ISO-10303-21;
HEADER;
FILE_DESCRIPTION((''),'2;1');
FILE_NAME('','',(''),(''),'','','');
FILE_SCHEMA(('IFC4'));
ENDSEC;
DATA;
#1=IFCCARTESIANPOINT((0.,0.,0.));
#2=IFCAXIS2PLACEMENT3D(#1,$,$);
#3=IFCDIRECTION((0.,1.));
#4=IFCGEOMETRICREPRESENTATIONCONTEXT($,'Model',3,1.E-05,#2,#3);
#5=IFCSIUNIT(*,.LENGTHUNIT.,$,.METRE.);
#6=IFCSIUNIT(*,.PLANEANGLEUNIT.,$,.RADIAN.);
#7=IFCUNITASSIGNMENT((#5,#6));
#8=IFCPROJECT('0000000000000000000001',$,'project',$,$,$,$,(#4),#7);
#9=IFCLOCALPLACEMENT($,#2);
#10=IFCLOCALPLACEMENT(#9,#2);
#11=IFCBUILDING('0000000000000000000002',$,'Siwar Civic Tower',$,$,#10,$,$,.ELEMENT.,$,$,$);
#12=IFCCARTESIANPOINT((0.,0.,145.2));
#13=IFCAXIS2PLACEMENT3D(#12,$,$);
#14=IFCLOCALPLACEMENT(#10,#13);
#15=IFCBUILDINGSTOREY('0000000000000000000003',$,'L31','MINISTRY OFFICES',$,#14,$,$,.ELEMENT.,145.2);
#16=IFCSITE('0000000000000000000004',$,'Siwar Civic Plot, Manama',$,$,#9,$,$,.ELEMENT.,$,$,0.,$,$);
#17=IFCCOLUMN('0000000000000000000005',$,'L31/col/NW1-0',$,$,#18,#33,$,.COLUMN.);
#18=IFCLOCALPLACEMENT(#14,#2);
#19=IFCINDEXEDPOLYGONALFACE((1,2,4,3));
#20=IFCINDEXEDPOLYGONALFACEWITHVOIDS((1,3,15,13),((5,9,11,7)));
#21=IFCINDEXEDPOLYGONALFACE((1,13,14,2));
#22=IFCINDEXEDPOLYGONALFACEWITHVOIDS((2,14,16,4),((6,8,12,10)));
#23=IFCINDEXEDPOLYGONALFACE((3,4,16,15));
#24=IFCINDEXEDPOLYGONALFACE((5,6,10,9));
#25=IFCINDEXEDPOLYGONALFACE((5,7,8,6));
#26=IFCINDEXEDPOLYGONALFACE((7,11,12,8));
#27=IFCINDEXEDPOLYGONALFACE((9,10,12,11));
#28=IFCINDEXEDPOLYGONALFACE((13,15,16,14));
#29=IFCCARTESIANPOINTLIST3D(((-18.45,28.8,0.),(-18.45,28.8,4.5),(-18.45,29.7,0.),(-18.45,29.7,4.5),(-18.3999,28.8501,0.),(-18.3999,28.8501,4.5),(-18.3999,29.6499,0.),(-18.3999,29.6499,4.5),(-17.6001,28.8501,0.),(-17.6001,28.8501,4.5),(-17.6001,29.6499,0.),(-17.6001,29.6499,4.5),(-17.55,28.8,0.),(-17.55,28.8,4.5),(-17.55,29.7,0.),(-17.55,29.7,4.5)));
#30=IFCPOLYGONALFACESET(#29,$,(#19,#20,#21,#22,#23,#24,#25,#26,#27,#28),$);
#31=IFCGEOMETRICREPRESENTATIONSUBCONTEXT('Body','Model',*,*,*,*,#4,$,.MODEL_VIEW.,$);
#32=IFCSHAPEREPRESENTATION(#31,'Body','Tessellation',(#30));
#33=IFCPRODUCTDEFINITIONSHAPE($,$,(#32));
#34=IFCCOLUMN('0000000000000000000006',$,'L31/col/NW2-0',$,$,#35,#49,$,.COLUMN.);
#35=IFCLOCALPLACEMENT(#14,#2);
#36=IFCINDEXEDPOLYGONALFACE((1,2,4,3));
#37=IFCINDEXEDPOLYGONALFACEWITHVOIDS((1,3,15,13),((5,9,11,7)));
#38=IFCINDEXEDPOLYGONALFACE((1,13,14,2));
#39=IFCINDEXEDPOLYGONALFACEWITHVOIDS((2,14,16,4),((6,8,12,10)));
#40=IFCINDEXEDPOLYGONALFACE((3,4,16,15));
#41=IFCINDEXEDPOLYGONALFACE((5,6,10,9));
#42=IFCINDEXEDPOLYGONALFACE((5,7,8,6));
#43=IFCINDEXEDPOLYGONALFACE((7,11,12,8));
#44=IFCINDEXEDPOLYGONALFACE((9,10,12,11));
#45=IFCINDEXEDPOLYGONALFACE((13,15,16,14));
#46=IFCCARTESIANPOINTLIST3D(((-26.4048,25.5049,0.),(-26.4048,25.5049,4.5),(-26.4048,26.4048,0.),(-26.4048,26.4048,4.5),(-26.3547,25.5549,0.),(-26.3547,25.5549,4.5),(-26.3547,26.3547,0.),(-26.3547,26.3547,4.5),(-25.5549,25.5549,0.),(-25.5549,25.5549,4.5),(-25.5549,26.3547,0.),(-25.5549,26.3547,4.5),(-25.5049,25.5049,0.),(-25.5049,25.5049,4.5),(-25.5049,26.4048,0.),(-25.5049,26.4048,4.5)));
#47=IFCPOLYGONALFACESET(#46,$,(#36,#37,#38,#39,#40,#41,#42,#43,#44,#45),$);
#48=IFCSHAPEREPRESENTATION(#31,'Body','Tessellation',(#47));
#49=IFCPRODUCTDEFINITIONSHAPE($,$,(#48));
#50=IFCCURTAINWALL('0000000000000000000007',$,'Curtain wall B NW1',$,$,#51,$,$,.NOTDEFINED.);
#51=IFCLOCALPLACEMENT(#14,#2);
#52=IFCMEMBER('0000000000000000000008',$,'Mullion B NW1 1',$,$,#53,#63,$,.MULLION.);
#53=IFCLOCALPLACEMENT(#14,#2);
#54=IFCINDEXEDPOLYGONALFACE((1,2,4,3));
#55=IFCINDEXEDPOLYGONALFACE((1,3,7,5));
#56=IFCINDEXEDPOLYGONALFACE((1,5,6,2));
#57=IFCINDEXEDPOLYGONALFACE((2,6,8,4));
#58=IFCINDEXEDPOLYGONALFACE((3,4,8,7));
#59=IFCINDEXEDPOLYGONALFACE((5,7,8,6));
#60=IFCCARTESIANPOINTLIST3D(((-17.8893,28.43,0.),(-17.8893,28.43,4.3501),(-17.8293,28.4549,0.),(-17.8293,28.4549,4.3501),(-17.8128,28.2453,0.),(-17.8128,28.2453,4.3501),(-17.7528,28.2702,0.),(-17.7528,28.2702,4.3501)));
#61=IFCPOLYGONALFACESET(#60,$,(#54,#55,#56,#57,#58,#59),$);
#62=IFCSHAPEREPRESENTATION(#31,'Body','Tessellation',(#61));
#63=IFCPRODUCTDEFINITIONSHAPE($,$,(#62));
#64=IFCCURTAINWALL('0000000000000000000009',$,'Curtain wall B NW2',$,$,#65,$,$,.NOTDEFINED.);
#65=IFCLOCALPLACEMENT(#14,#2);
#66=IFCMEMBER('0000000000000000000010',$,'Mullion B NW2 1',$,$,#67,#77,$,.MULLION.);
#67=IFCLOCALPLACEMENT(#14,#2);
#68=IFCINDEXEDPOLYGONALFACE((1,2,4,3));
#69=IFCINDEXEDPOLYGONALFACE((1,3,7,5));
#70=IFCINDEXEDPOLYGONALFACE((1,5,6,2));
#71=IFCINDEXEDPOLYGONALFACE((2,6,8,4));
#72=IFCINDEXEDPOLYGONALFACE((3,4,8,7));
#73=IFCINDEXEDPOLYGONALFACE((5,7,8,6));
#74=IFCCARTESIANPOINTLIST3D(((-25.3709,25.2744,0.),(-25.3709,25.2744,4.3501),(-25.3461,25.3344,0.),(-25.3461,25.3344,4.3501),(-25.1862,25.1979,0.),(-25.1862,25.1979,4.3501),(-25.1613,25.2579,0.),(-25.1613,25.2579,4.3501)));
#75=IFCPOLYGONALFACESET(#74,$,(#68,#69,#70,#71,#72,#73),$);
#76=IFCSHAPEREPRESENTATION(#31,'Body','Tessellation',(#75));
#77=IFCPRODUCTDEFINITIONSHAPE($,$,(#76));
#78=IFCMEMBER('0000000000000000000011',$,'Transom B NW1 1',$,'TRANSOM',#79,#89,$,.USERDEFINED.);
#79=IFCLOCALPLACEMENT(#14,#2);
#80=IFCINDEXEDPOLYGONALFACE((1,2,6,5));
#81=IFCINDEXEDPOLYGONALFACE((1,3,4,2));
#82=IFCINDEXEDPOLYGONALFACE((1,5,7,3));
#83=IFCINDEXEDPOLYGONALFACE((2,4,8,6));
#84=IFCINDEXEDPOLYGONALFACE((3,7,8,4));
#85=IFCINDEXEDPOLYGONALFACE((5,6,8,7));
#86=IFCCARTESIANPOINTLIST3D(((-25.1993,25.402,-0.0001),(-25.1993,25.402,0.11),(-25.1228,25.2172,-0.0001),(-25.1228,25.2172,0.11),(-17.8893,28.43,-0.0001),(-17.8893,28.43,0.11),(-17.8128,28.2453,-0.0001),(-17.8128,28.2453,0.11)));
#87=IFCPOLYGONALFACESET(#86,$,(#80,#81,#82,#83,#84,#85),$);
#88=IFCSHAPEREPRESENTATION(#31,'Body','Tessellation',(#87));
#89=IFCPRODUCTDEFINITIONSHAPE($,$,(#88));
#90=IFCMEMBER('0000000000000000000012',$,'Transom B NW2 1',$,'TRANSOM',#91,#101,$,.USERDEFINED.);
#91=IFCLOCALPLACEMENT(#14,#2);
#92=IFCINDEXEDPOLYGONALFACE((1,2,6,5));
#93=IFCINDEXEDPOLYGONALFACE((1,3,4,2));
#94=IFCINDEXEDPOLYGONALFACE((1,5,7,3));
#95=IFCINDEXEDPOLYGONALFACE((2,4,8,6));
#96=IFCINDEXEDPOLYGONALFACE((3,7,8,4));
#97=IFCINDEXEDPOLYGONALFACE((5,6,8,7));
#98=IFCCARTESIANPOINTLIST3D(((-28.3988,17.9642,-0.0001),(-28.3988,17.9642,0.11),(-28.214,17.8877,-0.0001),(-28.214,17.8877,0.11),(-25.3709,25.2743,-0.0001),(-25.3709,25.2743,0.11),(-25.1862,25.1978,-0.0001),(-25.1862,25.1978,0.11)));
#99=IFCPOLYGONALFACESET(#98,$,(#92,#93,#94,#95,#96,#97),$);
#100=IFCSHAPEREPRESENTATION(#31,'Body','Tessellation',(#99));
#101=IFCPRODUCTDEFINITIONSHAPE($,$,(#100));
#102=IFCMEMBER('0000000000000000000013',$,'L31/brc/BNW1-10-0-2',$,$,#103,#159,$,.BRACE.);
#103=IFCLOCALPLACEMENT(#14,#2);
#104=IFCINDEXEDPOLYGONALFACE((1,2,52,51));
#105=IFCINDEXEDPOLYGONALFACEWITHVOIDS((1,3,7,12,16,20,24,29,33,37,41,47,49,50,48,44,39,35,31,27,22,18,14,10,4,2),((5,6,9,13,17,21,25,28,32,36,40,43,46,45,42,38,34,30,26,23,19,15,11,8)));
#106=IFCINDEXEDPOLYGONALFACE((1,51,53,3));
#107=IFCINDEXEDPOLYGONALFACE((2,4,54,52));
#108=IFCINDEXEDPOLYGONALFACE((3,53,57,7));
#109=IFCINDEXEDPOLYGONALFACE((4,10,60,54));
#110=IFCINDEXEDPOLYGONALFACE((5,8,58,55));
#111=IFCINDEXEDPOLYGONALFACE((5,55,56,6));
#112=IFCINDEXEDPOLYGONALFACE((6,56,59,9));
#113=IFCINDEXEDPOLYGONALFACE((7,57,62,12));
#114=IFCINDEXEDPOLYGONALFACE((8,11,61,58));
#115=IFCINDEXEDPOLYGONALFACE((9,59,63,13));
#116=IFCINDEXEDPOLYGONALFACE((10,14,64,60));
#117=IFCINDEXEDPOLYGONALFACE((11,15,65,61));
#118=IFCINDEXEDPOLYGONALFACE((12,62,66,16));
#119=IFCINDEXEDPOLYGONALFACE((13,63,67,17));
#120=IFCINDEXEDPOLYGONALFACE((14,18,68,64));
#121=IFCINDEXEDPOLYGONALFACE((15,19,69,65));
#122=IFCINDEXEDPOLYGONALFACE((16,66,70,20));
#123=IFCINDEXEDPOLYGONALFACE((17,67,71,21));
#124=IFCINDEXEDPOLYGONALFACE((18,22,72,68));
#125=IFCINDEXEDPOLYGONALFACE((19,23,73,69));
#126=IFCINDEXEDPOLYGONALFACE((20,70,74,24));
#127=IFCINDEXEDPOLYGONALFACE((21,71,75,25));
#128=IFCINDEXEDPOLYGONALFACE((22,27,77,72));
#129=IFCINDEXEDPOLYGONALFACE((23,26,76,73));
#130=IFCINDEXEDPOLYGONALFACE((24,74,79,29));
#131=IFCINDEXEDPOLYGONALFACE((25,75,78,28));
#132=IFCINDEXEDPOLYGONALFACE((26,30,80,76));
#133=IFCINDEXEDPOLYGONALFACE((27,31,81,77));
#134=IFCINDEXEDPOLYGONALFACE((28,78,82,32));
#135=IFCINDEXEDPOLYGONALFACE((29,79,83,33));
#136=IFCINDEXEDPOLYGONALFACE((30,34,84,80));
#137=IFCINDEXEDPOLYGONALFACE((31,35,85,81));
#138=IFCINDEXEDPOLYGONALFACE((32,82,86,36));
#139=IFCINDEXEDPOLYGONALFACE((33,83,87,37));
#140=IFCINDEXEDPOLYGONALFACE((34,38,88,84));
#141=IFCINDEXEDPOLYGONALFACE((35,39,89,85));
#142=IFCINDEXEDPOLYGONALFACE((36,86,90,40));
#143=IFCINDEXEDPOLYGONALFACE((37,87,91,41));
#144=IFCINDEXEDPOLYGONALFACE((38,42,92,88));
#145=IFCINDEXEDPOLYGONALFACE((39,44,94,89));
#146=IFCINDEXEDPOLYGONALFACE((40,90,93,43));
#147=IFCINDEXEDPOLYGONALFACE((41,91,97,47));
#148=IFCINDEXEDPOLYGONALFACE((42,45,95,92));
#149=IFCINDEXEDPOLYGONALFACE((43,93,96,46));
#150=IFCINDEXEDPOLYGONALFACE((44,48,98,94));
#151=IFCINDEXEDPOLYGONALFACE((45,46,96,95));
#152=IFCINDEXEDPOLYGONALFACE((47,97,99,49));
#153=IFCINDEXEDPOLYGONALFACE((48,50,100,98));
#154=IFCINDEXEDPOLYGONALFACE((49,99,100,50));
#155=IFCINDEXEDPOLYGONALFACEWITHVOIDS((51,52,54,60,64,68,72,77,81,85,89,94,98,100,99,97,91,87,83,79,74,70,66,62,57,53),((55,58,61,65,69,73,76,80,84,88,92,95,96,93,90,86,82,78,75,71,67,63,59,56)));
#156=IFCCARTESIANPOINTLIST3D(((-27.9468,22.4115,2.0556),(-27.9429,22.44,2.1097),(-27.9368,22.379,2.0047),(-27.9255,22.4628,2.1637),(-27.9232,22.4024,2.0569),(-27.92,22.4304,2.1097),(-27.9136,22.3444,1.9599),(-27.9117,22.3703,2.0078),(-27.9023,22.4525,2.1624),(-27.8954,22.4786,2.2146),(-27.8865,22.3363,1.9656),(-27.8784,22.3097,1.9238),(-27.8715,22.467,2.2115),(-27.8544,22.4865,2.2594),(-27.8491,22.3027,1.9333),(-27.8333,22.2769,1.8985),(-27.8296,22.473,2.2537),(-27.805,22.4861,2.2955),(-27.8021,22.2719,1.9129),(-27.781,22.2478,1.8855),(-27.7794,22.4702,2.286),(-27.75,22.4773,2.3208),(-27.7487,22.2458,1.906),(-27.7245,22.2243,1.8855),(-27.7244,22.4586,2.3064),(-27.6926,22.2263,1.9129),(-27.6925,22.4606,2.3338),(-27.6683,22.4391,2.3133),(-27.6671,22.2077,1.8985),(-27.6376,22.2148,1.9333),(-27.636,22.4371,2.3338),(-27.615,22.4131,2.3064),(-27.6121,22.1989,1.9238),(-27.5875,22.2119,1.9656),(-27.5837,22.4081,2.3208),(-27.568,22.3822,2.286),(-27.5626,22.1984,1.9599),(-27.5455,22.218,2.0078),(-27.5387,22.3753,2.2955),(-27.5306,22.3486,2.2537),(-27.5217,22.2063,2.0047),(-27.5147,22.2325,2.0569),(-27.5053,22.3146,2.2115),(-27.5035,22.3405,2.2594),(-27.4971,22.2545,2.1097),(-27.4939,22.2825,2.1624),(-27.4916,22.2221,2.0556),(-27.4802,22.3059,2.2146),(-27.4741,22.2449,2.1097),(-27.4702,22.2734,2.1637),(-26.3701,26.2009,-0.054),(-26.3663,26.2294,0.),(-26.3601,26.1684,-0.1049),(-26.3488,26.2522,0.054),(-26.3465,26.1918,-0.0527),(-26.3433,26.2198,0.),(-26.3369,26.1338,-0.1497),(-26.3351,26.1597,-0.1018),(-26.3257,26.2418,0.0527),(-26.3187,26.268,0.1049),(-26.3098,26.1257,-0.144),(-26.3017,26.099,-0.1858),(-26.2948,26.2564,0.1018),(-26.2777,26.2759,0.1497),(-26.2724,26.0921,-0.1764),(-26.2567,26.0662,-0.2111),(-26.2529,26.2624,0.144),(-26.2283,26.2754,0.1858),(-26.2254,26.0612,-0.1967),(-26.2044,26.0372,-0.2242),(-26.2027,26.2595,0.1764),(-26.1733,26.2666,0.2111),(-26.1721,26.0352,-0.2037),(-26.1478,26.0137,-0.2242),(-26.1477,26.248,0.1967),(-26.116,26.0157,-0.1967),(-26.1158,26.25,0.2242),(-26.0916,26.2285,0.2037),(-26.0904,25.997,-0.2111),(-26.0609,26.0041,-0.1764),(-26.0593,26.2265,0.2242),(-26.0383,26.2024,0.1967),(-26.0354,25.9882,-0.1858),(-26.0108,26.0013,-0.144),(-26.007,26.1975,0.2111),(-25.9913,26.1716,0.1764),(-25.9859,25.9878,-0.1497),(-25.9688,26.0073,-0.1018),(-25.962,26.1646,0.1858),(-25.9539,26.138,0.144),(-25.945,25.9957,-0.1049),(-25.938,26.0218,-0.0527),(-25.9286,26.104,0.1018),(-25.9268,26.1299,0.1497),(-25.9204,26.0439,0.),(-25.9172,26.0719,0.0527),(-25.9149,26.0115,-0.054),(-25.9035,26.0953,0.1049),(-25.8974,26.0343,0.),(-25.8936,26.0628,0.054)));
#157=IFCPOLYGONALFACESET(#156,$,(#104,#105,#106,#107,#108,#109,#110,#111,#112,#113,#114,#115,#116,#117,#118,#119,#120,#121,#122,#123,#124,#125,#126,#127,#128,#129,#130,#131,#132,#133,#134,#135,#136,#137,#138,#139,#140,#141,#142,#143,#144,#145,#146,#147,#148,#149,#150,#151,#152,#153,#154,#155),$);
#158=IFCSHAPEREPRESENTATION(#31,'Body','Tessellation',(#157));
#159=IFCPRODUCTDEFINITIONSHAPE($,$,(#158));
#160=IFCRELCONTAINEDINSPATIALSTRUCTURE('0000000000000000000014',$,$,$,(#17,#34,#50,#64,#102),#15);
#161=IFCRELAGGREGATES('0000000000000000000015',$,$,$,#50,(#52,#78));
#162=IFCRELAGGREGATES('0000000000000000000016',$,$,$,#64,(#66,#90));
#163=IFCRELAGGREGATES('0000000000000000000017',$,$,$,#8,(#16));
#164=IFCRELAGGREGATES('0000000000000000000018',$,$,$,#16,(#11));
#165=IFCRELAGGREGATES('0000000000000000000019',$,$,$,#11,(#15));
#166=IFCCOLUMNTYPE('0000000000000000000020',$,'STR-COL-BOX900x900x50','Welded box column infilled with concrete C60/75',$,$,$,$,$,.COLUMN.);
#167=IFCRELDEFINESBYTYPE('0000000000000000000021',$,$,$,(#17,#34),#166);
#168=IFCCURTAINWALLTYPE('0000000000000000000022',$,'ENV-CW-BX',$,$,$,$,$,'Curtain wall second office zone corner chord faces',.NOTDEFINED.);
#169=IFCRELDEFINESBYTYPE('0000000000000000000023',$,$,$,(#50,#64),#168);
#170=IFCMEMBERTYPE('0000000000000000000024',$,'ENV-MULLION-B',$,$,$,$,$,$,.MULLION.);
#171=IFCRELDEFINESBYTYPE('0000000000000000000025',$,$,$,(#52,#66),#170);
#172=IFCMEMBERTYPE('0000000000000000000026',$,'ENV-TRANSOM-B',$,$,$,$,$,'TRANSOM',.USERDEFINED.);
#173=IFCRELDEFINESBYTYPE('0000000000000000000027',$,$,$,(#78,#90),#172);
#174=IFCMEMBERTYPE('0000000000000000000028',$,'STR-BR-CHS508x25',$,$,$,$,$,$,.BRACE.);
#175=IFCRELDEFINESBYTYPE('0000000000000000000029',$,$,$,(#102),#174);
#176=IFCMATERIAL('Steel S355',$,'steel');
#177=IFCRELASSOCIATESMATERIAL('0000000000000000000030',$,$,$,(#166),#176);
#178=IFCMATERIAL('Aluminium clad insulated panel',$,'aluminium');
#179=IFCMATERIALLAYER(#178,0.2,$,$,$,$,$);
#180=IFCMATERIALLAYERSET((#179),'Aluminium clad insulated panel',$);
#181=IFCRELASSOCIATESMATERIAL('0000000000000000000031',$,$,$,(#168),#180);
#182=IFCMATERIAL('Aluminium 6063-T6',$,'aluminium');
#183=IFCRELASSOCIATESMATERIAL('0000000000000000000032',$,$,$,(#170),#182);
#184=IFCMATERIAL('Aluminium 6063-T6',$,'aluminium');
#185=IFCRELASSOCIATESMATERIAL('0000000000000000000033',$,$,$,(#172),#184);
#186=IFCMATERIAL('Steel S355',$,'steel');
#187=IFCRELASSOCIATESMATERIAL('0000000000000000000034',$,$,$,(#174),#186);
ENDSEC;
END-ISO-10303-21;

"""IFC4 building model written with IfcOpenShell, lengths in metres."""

from ifc_helpers import new_model, si_unit, direction, frame, origin, origin_2d, place, context, subcontext, project, spatial, rectangle, hollow_rectangle, hollow_circle, extrude, material, layer, layer_set, material_profile, profile_set, type_object, element, aggregate, save


model = new_model("IFC4")

# Units and contexts
model_context = context("Model", 3, precision=1e-05, world=origin(), true_north=direction((0.0, 1.0)))
body_context = subcontext(model_context, "Body", "Model", "MODEL_VIEW")
ifc_project = project(units=[si_unit("LENGTHUNIT", "METRE"), si_unit("PLANEANGLEUNIT", "RADIAN")], contexts=[model_context])

# Site, building, storey
site_placement = place(None, origin())
site = spatial("IfcSite", under=ifc_project, at=site_placement, Name="Siwar Civic Plot, Manama", CompositionType="ELEMENT", RefElevation=0.0)
building_placement = place(site_placement, origin())
building = spatial("IfcBuilding", under=site, at=building_placement, Name="Siwar Civic Tower", CompositionType="ELEMENT")
storey_placement = place(building_placement, frame((0.0, 0.0, 145.2)))
storey = spatial("IfcBuildingStorey", under=building, at=storey_placement, Name="L31", Description="MINISTRY OFFICES", CompositionType="ELEMENT", Elevation=145.2)

# Columns
ifc_material_1 = material(Name="Steel S355", Category="steel")
ifc_material_profile_1 = material_profile(ifc_material_1, hollow_rectangle(XDim=0.8999, YDim=0.8999, WallThickness=0.05, at=origin_2d()), Name="BOX900x900x50")
ifc_profile_set_1 = profile_set([ifc_material_profile_1], Name="Steel S355")
column_type = type_object("IfcColumnType", Name="STR-COL-BOX900x900x50", Description="Welded box column infilled with concrete C60/75", PredefinedType="COLUMN", material=ifc_profile_set_1)
for number, where, z_axis, x_axis, name in (
    (1, (-18.0, 29.25, 0.0), (0.0, 0.0, 1.0), (1.0, 0.0, 0.0), "L31/col/NW1-0"),
    (2, (-25.9548, 25.9548, 0.0), (0.0, 0.0, 1.0), (1.0, 0.0, 0.0), "L31/col/NW2-0"),
):
    element("IfcColumn", number, at=place(storey_placement, frame(where, z_axis=z_axis, x_axis=x_axis)), inside=storey, type_object=column_type, Name=name, PredefinedType="COLUMN", context=body_context, shape_type="SweptSolid", body=[
        extrude(hollow_rectangle(XDim=0.8999, YDim=0.8999, WallThickness=0.05, at=origin_2d()), origin(), (0.0, 0.0, 1.0), 4.5),
    ])

# Curtain walls, members
ifc_material_2 = material(Name="Aluminium clad insulated panel", Category="aluminium")
ifc_layer_1 = layer(ifc_material_2, 0.2)
ifc_layer_set_1 = layer_set([ifc_layer_1], Name="Aluminium clad insulated panel")
curtain_wall_type = type_object("IfcCurtainWallType", Name="ENV-CW-BX", ElementType="Curtain wall second office zone corner chord faces", PredefinedType="NOTDEFINED", material=ifc_layer_set_1)
curtain_wall_1_placement = place(storey_placement, origin())
curtain_wall_1 = element("IfcCurtainWall", 3, at=curtain_wall_1_placement, inside=storey, type_object=curtain_wall_type, Name="Curtain wall B NW1", PredefinedType="NOTDEFINED")
ifc_material_3 = material(Name="Aluminium 6063-T6", Category="aluminium")
ifc_material_profile_2 = material_profile(ifc_material_3, rectangle(XDim=0.2, YDim=0.0649, at=origin_2d()), Name="AL 200x65")
ifc_profile_set_2 = profile_set([ifc_material_profile_2], Name="Aluminium 6063-T6")
member_type_1 = type_object("IfcMemberType", Name="ENV-MULLION-B", PredefinedType="MULLION", material=ifc_profile_set_2)
member_1_placement = place(storey_placement, frame((-17.821, 28.3501, 0.0), z_axis=(0.0, 0.0, 1.0), x_axis=(0.382683, -0.92388, 0.0)))
member_1 = element("IfcMember", 4, at=member_1_placement, type_object=member_type_1, Name="Mullion B NW1 1", PredefinedType="MULLION", context=body_context, shape_type="SweptSolid", body=[
    extrude(rectangle(XDim=0.2, YDim=0.0649, at=origin_2d()), origin(), (0.0, 0.0, 1.0), 4.3501),
])
curtain_wall_2_placement = place(storey_placement, origin())
curtain_wall_2 = element("IfcCurtainWall", 5, at=curtain_wall_2_placement, inside=storey, type_object=curtain_wall_type, Name="Curtain wall B NW2", PredefinedType="NOTDEFINED")
member_2_placement = place(storey_placement, frame((-25.2661, 25.2661, 0.0), z_axis=(0.0, 0.0, 1.0), x_axis=(0.92388, -0.382683, 0.0)))
member_2 = element("IfcMember", 6, at=member_2_placement, type_object=member_type_1, Name="Mullion B NW2 1", PredefinedType="MULLION", context=body_context, shape_type="SweptSolid", body=[
    extrude(rectangle(XDim=0.2, YDim=0.0649, at=origin_2d()), origin(), (0.0, 0.0, 1.0), 4.3501),
])

# Members
ifc_material_4 = material(Name="Aluminium 6063-T6", Category="aluminium")
ifc_material_profile_3 = material_profile(ifc_material_4, rectangle(XDim=0.2, YDim=0.1101, at=origin_2d()), Name="AL 200x110")
ifc_profile_set_3 = profile_set([ifc_material_profile_3], Name="Aluminium 6063-T6")
member_type_2 = type_object("IfcMemberType", Name="ENV-TRANSOM-B", ElementType="TRANSOM", PredefinedType="USERDEFINED", material=ifc_profile_set_3)
member_3_placement = place(storey_placement, frame((-17.8511, 28.3376, 0.0549), z_axis=(-0.923873, -0.3827, 0.0), x_axis=(0.3827, -0.923873, 0.0)))
member_3 = element("IfcMember", 7, at=member_3_placement, type_object=member_type_2, Name="Transom B NW1 1", ObjectType="TRANSOM", PredefinedType="USERDEFINED", context=body_context, shape_type="SweptSolid", body=[
    extrude(rectangle(XDim=0.2, YDim=0.1101, at=origin_2d()), origin(), (0.0, 0.0, 1.0), 7.9124),
])
member_4_placement = place(storey_placement, frame((-25.2786, 25.2361, 0.0549), z_axis=(-0.382673, -0.923884, 0.0), x_axis=(0.923884, -0.382673, 0.0)))
member_4 = element("IfcMember", 8, at=member_4_placement, type_object=member_type_2, Name="Transom B NW2 1", ObjectType="TRANSOM", PredefinedType="USERDEFINED", context=body_context, shape_type="SweptSolid", body=[
    extrude(rectangle(XDim=0.2, YDim=0.1101, at=origin_2d()), origin(), (0.0, 0.0, 1.0), 7.9124),
])

# Member
ifc_material_5 = material(Name="Steel S355", Category="steel")
ifc_material_profile_4 = material_profile(ifc_material_5, hollow_circle(Radius=0.2539, WallThickness=0.0249, at=origin_2d()), Name="CHS508x25")
ifc_profile_set_4 = profile_set([ifc_material_profile_4], Name="Steel S355")
member_type_3 = type_object("IfcMemberType", Name="STR-BR-CHS508x25", PredefinedType="BRACE", material=ifc_profile_set_4)
member_5_placement = place(storey_placement, frame((-26.1318, 26.1318, 0.0), z_axis=(-0.341662, -0.821143, 0.457155), x_axis=(0.923269, -0.384155, 0.0)))
element("IfcMember", 9, at=member_5_placement, inside=storey, type_object=member_type_3, Name="L31/brc/BNW1-10-0-2", PredefinedType="BRACE", context=body_context, shape_type="SweptSolid", body=[
    extrude(hollow_circle(Radius=0.2539, WallThickness=0.0249, at=origin_2d()), origin(), (0.0, 0.0, 1.0), 4.6147),
])

aggregate(curtain_wall_1, [member_1, member_3])
aggregate(curtain_wall_2, [member_2, member_4])

save(model, "model.ifc")
